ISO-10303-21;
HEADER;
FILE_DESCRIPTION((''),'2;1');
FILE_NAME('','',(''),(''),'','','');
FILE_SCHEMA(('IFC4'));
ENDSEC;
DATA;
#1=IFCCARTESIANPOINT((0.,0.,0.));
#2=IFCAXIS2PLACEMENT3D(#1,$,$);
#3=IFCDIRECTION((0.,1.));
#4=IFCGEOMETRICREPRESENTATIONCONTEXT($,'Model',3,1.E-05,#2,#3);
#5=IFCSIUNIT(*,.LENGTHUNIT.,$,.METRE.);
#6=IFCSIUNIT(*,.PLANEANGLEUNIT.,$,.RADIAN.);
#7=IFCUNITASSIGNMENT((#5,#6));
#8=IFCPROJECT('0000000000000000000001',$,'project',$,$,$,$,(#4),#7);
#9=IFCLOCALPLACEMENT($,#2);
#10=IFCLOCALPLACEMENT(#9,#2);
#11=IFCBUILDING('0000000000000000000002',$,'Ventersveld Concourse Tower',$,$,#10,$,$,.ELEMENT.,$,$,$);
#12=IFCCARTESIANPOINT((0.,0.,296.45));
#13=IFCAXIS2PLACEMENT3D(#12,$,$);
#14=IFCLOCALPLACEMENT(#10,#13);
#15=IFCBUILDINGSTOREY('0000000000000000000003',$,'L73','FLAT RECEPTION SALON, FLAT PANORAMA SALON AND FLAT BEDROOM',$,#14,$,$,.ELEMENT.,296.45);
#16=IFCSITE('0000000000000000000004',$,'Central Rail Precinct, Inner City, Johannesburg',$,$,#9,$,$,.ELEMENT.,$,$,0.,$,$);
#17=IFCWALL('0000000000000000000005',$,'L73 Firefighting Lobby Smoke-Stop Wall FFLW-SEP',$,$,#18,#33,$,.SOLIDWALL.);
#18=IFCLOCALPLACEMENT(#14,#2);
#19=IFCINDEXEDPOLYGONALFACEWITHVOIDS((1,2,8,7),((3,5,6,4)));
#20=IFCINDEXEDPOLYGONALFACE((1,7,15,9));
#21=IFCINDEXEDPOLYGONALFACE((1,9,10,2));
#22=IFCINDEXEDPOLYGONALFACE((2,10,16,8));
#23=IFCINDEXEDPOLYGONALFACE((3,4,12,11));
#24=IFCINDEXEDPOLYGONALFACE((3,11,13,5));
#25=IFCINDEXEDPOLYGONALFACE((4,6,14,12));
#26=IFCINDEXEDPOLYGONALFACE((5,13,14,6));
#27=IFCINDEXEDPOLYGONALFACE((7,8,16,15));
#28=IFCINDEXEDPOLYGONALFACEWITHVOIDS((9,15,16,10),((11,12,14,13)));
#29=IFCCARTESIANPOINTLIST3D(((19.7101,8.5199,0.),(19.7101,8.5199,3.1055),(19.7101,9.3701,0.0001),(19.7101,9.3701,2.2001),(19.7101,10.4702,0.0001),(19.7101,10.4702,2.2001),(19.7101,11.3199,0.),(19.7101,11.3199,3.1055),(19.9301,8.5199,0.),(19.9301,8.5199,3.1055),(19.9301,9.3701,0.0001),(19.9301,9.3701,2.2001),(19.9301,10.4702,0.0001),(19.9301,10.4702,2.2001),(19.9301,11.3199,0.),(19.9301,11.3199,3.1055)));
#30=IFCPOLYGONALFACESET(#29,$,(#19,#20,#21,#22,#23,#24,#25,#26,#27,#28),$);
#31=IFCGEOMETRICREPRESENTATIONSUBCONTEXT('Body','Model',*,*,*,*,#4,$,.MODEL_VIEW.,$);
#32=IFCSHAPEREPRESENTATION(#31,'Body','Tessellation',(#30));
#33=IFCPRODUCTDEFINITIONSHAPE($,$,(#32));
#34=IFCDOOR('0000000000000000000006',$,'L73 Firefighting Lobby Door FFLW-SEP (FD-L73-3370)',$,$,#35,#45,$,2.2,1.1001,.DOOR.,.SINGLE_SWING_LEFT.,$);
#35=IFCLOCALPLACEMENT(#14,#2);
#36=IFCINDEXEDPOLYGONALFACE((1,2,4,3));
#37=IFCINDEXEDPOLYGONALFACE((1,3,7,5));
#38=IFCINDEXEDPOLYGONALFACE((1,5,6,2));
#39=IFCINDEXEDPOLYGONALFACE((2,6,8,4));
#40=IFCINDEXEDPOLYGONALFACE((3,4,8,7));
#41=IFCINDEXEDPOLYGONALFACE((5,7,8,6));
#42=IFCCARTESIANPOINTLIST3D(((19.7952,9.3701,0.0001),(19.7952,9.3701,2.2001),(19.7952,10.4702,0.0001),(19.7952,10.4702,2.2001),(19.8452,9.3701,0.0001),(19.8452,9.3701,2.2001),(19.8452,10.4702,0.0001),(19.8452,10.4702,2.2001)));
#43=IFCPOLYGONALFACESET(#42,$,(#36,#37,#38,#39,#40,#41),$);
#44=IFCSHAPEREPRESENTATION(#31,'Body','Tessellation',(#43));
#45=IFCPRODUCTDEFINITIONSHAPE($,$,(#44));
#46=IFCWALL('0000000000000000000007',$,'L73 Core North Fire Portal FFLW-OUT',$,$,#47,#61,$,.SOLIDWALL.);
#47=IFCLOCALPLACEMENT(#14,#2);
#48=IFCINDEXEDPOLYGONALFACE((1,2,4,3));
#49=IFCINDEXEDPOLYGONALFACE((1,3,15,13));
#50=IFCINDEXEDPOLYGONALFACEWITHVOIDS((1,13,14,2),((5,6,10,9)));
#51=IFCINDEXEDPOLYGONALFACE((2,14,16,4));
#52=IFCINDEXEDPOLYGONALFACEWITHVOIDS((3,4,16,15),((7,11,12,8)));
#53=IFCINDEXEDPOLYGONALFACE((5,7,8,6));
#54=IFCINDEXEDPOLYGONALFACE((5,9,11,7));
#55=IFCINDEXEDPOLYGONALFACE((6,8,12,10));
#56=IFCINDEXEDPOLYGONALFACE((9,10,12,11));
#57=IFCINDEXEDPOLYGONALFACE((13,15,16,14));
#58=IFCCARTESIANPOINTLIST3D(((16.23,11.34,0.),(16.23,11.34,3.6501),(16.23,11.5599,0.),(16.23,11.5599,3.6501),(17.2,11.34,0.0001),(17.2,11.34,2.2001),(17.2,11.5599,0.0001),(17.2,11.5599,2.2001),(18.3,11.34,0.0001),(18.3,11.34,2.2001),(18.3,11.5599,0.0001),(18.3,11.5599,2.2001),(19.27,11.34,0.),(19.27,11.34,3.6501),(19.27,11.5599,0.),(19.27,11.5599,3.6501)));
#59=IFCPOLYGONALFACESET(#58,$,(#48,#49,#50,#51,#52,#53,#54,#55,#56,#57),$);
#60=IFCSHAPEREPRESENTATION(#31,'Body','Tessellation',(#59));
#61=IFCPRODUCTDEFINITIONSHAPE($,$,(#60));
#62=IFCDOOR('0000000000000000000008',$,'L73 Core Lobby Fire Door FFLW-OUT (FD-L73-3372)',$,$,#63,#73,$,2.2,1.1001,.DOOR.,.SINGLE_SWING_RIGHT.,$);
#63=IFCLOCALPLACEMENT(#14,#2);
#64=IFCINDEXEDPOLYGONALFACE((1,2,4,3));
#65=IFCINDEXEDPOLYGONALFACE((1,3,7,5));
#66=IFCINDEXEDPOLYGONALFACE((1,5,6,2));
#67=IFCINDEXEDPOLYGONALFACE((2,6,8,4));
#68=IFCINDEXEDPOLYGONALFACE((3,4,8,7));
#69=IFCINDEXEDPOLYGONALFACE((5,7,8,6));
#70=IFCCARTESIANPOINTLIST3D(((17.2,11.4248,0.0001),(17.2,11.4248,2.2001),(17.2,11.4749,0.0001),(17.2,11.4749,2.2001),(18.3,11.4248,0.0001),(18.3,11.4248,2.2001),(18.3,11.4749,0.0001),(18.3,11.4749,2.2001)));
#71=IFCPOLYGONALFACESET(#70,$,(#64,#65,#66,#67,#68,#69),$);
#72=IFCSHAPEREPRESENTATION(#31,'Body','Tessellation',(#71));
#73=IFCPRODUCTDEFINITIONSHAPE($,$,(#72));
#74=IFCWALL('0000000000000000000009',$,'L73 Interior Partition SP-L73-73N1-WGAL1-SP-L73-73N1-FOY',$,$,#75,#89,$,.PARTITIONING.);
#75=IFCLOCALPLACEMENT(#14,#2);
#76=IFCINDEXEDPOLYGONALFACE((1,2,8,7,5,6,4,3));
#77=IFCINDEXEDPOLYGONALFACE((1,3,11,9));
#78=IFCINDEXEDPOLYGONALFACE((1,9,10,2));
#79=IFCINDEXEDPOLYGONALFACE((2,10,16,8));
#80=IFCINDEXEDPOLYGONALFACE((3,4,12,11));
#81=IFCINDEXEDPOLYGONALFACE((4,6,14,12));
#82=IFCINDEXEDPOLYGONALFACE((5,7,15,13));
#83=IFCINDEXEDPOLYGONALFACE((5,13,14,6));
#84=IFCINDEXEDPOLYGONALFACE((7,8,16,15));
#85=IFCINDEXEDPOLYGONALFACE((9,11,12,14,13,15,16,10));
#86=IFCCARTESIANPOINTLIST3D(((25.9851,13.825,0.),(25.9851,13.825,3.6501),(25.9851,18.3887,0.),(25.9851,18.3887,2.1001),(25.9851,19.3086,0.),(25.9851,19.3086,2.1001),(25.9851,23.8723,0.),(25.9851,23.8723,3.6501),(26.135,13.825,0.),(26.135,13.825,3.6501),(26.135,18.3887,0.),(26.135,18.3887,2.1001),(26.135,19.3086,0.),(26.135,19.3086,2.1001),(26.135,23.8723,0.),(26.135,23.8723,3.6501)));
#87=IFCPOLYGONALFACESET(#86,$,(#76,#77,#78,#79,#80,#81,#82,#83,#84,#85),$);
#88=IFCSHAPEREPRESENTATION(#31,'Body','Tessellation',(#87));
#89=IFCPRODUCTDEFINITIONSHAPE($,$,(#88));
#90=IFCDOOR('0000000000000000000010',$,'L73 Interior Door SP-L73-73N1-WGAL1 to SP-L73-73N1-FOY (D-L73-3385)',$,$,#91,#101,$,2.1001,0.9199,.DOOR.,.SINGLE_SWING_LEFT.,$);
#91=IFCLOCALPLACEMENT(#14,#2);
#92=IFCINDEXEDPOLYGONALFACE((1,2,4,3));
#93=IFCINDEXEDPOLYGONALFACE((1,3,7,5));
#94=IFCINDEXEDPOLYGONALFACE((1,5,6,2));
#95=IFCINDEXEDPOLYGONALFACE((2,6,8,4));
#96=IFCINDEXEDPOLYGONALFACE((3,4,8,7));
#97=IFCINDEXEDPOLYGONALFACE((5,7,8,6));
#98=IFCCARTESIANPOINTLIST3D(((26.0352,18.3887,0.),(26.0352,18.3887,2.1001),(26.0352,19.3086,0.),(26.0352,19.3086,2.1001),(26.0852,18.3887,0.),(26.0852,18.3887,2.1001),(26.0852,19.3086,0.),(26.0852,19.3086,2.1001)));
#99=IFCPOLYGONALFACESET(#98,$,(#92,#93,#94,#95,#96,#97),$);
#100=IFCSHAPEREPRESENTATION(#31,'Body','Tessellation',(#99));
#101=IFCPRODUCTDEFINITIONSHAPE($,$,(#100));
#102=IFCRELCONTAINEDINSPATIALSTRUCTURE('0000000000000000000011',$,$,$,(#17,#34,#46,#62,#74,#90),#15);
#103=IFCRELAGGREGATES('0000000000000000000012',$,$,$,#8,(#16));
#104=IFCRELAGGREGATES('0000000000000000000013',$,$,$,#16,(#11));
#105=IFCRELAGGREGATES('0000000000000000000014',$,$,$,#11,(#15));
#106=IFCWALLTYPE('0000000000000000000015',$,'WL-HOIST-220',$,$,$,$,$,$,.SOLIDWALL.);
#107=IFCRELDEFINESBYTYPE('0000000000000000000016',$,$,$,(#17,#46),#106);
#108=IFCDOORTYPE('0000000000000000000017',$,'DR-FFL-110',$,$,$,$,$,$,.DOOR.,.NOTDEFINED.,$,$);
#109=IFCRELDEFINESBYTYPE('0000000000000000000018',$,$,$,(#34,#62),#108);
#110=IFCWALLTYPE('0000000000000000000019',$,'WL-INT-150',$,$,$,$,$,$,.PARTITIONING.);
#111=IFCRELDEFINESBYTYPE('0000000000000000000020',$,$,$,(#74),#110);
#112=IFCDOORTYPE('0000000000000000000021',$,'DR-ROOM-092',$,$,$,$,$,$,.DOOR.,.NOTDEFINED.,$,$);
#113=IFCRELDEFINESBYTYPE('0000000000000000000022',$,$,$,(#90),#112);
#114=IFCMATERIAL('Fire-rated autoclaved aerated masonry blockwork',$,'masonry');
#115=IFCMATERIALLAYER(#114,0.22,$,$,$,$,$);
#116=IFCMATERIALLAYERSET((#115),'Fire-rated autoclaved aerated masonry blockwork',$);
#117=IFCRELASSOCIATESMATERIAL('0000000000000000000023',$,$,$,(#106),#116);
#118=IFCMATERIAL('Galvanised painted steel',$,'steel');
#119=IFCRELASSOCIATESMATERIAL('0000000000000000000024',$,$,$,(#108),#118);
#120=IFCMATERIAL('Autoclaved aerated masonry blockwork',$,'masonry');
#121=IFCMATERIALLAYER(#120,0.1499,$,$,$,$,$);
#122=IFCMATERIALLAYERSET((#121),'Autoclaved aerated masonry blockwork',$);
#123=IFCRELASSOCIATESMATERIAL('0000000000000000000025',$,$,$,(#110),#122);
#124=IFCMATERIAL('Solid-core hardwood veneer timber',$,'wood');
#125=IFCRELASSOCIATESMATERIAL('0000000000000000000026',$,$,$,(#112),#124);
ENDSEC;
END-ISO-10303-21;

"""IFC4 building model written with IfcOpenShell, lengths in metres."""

from ifc_helpers import new_model, si_unit, direction, frame, frame_2d, origin, place, context, subcontext, project, spatial, rectangle, extrude, material, layer, layer_set, type_object, element, fill, save


model = new_model("IFC4")

# Units and contexts
model_context = context("Model", 3, precision=1e-05, world=origin(), true_north=direction((0.0, 1.0)))
body_context = subcontext(model_context, "Body", "Model", "MODEL_VIEW")
ifc_project = project(units=[si_unit("LENGTHUNIT", "METRE"), si_unit("PLANEANGLEUNIT", "RADIAN")], contexts=[model_context])

# Site, building, storey
site_placement = place(None, origin())
site = spatial("IfcSite", under=ifc_project, at=site_placement, Name="Central Rail Precinct, Inner City, Johannesburg", CompositionType="ELEMENT", RefElevation=0.0)
building_placement = place(site_placement, origin())
building = spatial("IfcBuilding", under=site, at=building_placement, Name="Ventersveld Concourse Tower", CompositionType="ELEMENT")
storey_placement = place(building_placement, frame((0.0, 0.0, 296.45)))
storey = spatial("IfcBuildingStorey", under=building, at=storey_placement, Name="L73", Description="FLAT RECEPTION SALON, FLAT PANORAMA SALON AND FLAT BEDROOM", CompositionType="ELEMENT", Elevation=296.45)

# Walls, openings, doors
ifc_material_1 = material(Name="Fire-rated autoclaved aerated masonry blockwork", Category="masonry")
ifc_layer_1 = layer(ifc_material_1, 0.22)
ifc_layer_set_1 = layer_set([ifc_layer_1], Name="Fire-rated autoclaved aerated masonry blockwork")
wall_type_1 = type_object("IfcWallType", Name="WL-HOIST-220", PredefinedType="SOLIDWALL", material=ifc_layer_set_1)
ifc_material_2 = material(Name="Galvanised painted steel", Category="steel")
wall_1_placement = place(storey_placement, frame((19.8201, 8.52, 0.0), z_axis=(0.0, 0.0, 1.0), x_axis=(0.0, 1.0, 0.0)))
wall_1 = element("IfcWall", 1, at=wall_1_placement, inside=storey, type_object=wall_type_1, Name="L73 Firefighting Lobby Smoke-Stop Wall FFLW-SEP", PredefinedType="SOLIDWALL", context=body_context, shape_type="SweptSolid", body=[
    extrude(rectangle(XDim=2.8, YDim=0.22, at=frame_2d((1.3999, 0.0))), origin(), (0.0, 0.0, 1.0), 3.1055),
])
opening_1_placement = place(wall_1_placement, frame((0.8501, 0.0, 0.0)))
opening_1 = element("IfcOpeningElement", 2, at=opening_1_placement, cuts=wall_1, PredefinedType="OPENING", context=body_context, shape_type="SweptSolid", body=[
    extrude(rectangle(XDim=1.1001, YDim=2.2, at=frame_2d((0.55, 1.1001))), frame((0.0, 0.1201, 0.0), z_axis=(0.0, -1.0, 0.0), x_axis=(1.0, 0.0, 0.0)), (0.0, 0.0, 1.0), 0.24),
])
door_type_1 = type_object("IfcDoorType", Name="DR-FFL-110", OperationType="NOTDEFINED", PredefinedType="DOOR", material=ifc_material_2)
door_1_placement = place(opening_1_placement, origin())
door_1 = element("IfcDoor", 3, at=door_1_placement, inside=storey, type_object=door_type_1, Name="L73 Firefighting Lobby Door FFLW-SEP (FD-L73-3370)", OperationType="SINGLE_SWING_LEFT", OverallHeight=2.2, OverallWidth=1.1001, PredefinedType="DOOR", context=body_context, shape_type="SweptSolid", body=[
    extrude(rectangle(XDim=1.1001, YDim=2.2, at=frame_2d((0.55, 1.1001))), frame((0.0, 0.0249, 0.0), z_axis=(0.0, -1.0, 0.0), x_axis=(1.0, 0.0, 0.0)), (0.0, 0.0, 1.0), 0.05),
])
fill(opening_1, door_1)
wall_2_placement = place(storey_placement, frame((16.23, 11.45, 0.0), z_axis=(0.0, 0.0, 1.0), x_axis=(1.0, 0.0, 0.0)))
wall_2 = element("IfcWall", 4, at=wall_2_placement, inside=storey, type_object=wall_type_1, Name="L73 Core North Fire Portal FFLW-OUT", PredefinedType="SOLIDWALL", context=body_context, shape_type="SweptSolid", body=[
    extrude(rectangle(XDim=3.04, YDim=0.22, at=frame_2d((1.52, 0.0))), origin(), (0.0, 0.0, 1.0), 3.6501),
])
opening_2_placement = place(wall_2_placement, frame((0.97, 0.0, 0.0)))
opening_2 = element("IfcOpeningElement", 5, at=opening_2_placement, cuts=wall_2, PredefinedType="OPENING", context=body_context, shape_type="SweptSolid", body=[
    extrude(rectangle(XDim=1.1001, YDim=2.2, at=frame_2d((0.55, 1.1001))), frame((0.0, 0.1201, 0.0), z_axis=(0.0, -1.0, 0.0), x_axis=(1.0, 0.0, 0.0)), (0.0, 0.0, 1.0), 0.24),
])
door_2_placement = place(opening_2_placement, origin())
door_2 = element("IfcDoor", 6, at=door_2_placement, inside=storey, type_object=door_type_1, Name="L73 Core Lobby Fire Door FFLW-OUT (FD-L73-3372)", OperationType="SINGLE_SWING_RIGHT", OverallHeight=2.2, OverallWidth=1.1001, PredefinedType="DOOR", context=body_context, shape_type="SweptSolid", body=[
    extrude(rectangle(XDim=1.1001, YDim=2.2, at=frame_2d((0.55, 1.1001))), frame((0.0, 0.0249, 0.0), z_axis=(0.0, -1.0, 0.0), x_axis=(1.0, 0.0, 0.0)), (0.0, 0.0, 1.0), 0.05),
])
fill(opening_2, door_2)
ifc_material_3 = material(Name="Autoclaved aerated masonry blockwork", Category="masonry")
ifc_layer_2 = layer(ifc_material_3, 0.1499)
ifc_layer_set_2 = layer_set([ifc_layer_2], Name="Autoclaved aerated masonry blockwork")
wall_type_2 = type_object("IfcWallType", Name="WL-INT-150", PredefinedType="PARTITIONING", material=ifc_layer_set_2)
wall_3_placement = place(storey_placement, frame((26.0601, 13.825, 0.0), z_axis=(0.0, 0.0, 1.0), x_axis=(0.0, 1.0, 0.0)))
wall_3 = element("IfcWall", 7, at=wall_3_placement, inside=storey, type_object=wall_type_2, Name="L73 Interior Partition SP-L73-73N1-WGAL1-SP-L73-73N1-FOY", PredefinedType="PARTITIONING", context=body_context, shape_type="SweptSolid", body=[
    extrude(rectangle(XDim=10.0474, YDim=0.1499, at=frame_2d((5.0237, 0.0))), origin(), (0.0, 0.0, 1.0), 3.6501),
])
opening_3_placement = place(wall_3_placement, frame((4.5637, 0.0, 0.0)))
opening_3 = element("IfcOpeningElement", 8, at=opening_3_placement, cuts=wall_3, PredefinedType="OPENING", context=body_context, shape_type="SweptSolid", body=[
    extrude(rectangle(XDim=0.9199, YDim=2.1001, at=frame_2d((0.46, 1.05))), frame((0.0, 0.085, 0.0), z_axis=(0.0, -1.0, 0.0), x_axis=(1.0, 0.0, 0.0)), (0.0, 0.0, 1.0), 0.1699),
])
ifc_material_4 = material(Name="Solid-core hardwood veneer timber", Category="wood")
door_type_2 = type_object("IfcDoorType", Name="DR-ROOM-092", OperationType="NOTDEFINED", PredefinedType="DOOR", material=ifc_material_4)
door_3_placement = place(opening_3_placement, origin())
door_3 = element("IfcDoor", 9, at=door_3_placement, inside=storey, type_object=door_type_2, Name="L73 Interior Door SP-L73-73N1-WGAL1 to SP-L73-73N1-FOY (D-L73-3385)", OperationType="SINGLE_SWING_LEFT", OverallHeight=2.1001, OverallWidth=0.9199, PredefinedType="DOOR", context=body_context, shape_type="SweptSolid", body=[
    extrude(rectangle(XDim=0.9199, YDim=2.1001, at=frame_2d((0.46, 1.05))), frame((0.0, 0.0249, 0.0), z_axis=(0.0, -1.0, 0.0), x_axis=(1.0, 0.0, 0.0)), (0.0, 0.0, 1.0), 0.05),
])
fill(opening_3, door_3)

save(model, "model.ifc")
